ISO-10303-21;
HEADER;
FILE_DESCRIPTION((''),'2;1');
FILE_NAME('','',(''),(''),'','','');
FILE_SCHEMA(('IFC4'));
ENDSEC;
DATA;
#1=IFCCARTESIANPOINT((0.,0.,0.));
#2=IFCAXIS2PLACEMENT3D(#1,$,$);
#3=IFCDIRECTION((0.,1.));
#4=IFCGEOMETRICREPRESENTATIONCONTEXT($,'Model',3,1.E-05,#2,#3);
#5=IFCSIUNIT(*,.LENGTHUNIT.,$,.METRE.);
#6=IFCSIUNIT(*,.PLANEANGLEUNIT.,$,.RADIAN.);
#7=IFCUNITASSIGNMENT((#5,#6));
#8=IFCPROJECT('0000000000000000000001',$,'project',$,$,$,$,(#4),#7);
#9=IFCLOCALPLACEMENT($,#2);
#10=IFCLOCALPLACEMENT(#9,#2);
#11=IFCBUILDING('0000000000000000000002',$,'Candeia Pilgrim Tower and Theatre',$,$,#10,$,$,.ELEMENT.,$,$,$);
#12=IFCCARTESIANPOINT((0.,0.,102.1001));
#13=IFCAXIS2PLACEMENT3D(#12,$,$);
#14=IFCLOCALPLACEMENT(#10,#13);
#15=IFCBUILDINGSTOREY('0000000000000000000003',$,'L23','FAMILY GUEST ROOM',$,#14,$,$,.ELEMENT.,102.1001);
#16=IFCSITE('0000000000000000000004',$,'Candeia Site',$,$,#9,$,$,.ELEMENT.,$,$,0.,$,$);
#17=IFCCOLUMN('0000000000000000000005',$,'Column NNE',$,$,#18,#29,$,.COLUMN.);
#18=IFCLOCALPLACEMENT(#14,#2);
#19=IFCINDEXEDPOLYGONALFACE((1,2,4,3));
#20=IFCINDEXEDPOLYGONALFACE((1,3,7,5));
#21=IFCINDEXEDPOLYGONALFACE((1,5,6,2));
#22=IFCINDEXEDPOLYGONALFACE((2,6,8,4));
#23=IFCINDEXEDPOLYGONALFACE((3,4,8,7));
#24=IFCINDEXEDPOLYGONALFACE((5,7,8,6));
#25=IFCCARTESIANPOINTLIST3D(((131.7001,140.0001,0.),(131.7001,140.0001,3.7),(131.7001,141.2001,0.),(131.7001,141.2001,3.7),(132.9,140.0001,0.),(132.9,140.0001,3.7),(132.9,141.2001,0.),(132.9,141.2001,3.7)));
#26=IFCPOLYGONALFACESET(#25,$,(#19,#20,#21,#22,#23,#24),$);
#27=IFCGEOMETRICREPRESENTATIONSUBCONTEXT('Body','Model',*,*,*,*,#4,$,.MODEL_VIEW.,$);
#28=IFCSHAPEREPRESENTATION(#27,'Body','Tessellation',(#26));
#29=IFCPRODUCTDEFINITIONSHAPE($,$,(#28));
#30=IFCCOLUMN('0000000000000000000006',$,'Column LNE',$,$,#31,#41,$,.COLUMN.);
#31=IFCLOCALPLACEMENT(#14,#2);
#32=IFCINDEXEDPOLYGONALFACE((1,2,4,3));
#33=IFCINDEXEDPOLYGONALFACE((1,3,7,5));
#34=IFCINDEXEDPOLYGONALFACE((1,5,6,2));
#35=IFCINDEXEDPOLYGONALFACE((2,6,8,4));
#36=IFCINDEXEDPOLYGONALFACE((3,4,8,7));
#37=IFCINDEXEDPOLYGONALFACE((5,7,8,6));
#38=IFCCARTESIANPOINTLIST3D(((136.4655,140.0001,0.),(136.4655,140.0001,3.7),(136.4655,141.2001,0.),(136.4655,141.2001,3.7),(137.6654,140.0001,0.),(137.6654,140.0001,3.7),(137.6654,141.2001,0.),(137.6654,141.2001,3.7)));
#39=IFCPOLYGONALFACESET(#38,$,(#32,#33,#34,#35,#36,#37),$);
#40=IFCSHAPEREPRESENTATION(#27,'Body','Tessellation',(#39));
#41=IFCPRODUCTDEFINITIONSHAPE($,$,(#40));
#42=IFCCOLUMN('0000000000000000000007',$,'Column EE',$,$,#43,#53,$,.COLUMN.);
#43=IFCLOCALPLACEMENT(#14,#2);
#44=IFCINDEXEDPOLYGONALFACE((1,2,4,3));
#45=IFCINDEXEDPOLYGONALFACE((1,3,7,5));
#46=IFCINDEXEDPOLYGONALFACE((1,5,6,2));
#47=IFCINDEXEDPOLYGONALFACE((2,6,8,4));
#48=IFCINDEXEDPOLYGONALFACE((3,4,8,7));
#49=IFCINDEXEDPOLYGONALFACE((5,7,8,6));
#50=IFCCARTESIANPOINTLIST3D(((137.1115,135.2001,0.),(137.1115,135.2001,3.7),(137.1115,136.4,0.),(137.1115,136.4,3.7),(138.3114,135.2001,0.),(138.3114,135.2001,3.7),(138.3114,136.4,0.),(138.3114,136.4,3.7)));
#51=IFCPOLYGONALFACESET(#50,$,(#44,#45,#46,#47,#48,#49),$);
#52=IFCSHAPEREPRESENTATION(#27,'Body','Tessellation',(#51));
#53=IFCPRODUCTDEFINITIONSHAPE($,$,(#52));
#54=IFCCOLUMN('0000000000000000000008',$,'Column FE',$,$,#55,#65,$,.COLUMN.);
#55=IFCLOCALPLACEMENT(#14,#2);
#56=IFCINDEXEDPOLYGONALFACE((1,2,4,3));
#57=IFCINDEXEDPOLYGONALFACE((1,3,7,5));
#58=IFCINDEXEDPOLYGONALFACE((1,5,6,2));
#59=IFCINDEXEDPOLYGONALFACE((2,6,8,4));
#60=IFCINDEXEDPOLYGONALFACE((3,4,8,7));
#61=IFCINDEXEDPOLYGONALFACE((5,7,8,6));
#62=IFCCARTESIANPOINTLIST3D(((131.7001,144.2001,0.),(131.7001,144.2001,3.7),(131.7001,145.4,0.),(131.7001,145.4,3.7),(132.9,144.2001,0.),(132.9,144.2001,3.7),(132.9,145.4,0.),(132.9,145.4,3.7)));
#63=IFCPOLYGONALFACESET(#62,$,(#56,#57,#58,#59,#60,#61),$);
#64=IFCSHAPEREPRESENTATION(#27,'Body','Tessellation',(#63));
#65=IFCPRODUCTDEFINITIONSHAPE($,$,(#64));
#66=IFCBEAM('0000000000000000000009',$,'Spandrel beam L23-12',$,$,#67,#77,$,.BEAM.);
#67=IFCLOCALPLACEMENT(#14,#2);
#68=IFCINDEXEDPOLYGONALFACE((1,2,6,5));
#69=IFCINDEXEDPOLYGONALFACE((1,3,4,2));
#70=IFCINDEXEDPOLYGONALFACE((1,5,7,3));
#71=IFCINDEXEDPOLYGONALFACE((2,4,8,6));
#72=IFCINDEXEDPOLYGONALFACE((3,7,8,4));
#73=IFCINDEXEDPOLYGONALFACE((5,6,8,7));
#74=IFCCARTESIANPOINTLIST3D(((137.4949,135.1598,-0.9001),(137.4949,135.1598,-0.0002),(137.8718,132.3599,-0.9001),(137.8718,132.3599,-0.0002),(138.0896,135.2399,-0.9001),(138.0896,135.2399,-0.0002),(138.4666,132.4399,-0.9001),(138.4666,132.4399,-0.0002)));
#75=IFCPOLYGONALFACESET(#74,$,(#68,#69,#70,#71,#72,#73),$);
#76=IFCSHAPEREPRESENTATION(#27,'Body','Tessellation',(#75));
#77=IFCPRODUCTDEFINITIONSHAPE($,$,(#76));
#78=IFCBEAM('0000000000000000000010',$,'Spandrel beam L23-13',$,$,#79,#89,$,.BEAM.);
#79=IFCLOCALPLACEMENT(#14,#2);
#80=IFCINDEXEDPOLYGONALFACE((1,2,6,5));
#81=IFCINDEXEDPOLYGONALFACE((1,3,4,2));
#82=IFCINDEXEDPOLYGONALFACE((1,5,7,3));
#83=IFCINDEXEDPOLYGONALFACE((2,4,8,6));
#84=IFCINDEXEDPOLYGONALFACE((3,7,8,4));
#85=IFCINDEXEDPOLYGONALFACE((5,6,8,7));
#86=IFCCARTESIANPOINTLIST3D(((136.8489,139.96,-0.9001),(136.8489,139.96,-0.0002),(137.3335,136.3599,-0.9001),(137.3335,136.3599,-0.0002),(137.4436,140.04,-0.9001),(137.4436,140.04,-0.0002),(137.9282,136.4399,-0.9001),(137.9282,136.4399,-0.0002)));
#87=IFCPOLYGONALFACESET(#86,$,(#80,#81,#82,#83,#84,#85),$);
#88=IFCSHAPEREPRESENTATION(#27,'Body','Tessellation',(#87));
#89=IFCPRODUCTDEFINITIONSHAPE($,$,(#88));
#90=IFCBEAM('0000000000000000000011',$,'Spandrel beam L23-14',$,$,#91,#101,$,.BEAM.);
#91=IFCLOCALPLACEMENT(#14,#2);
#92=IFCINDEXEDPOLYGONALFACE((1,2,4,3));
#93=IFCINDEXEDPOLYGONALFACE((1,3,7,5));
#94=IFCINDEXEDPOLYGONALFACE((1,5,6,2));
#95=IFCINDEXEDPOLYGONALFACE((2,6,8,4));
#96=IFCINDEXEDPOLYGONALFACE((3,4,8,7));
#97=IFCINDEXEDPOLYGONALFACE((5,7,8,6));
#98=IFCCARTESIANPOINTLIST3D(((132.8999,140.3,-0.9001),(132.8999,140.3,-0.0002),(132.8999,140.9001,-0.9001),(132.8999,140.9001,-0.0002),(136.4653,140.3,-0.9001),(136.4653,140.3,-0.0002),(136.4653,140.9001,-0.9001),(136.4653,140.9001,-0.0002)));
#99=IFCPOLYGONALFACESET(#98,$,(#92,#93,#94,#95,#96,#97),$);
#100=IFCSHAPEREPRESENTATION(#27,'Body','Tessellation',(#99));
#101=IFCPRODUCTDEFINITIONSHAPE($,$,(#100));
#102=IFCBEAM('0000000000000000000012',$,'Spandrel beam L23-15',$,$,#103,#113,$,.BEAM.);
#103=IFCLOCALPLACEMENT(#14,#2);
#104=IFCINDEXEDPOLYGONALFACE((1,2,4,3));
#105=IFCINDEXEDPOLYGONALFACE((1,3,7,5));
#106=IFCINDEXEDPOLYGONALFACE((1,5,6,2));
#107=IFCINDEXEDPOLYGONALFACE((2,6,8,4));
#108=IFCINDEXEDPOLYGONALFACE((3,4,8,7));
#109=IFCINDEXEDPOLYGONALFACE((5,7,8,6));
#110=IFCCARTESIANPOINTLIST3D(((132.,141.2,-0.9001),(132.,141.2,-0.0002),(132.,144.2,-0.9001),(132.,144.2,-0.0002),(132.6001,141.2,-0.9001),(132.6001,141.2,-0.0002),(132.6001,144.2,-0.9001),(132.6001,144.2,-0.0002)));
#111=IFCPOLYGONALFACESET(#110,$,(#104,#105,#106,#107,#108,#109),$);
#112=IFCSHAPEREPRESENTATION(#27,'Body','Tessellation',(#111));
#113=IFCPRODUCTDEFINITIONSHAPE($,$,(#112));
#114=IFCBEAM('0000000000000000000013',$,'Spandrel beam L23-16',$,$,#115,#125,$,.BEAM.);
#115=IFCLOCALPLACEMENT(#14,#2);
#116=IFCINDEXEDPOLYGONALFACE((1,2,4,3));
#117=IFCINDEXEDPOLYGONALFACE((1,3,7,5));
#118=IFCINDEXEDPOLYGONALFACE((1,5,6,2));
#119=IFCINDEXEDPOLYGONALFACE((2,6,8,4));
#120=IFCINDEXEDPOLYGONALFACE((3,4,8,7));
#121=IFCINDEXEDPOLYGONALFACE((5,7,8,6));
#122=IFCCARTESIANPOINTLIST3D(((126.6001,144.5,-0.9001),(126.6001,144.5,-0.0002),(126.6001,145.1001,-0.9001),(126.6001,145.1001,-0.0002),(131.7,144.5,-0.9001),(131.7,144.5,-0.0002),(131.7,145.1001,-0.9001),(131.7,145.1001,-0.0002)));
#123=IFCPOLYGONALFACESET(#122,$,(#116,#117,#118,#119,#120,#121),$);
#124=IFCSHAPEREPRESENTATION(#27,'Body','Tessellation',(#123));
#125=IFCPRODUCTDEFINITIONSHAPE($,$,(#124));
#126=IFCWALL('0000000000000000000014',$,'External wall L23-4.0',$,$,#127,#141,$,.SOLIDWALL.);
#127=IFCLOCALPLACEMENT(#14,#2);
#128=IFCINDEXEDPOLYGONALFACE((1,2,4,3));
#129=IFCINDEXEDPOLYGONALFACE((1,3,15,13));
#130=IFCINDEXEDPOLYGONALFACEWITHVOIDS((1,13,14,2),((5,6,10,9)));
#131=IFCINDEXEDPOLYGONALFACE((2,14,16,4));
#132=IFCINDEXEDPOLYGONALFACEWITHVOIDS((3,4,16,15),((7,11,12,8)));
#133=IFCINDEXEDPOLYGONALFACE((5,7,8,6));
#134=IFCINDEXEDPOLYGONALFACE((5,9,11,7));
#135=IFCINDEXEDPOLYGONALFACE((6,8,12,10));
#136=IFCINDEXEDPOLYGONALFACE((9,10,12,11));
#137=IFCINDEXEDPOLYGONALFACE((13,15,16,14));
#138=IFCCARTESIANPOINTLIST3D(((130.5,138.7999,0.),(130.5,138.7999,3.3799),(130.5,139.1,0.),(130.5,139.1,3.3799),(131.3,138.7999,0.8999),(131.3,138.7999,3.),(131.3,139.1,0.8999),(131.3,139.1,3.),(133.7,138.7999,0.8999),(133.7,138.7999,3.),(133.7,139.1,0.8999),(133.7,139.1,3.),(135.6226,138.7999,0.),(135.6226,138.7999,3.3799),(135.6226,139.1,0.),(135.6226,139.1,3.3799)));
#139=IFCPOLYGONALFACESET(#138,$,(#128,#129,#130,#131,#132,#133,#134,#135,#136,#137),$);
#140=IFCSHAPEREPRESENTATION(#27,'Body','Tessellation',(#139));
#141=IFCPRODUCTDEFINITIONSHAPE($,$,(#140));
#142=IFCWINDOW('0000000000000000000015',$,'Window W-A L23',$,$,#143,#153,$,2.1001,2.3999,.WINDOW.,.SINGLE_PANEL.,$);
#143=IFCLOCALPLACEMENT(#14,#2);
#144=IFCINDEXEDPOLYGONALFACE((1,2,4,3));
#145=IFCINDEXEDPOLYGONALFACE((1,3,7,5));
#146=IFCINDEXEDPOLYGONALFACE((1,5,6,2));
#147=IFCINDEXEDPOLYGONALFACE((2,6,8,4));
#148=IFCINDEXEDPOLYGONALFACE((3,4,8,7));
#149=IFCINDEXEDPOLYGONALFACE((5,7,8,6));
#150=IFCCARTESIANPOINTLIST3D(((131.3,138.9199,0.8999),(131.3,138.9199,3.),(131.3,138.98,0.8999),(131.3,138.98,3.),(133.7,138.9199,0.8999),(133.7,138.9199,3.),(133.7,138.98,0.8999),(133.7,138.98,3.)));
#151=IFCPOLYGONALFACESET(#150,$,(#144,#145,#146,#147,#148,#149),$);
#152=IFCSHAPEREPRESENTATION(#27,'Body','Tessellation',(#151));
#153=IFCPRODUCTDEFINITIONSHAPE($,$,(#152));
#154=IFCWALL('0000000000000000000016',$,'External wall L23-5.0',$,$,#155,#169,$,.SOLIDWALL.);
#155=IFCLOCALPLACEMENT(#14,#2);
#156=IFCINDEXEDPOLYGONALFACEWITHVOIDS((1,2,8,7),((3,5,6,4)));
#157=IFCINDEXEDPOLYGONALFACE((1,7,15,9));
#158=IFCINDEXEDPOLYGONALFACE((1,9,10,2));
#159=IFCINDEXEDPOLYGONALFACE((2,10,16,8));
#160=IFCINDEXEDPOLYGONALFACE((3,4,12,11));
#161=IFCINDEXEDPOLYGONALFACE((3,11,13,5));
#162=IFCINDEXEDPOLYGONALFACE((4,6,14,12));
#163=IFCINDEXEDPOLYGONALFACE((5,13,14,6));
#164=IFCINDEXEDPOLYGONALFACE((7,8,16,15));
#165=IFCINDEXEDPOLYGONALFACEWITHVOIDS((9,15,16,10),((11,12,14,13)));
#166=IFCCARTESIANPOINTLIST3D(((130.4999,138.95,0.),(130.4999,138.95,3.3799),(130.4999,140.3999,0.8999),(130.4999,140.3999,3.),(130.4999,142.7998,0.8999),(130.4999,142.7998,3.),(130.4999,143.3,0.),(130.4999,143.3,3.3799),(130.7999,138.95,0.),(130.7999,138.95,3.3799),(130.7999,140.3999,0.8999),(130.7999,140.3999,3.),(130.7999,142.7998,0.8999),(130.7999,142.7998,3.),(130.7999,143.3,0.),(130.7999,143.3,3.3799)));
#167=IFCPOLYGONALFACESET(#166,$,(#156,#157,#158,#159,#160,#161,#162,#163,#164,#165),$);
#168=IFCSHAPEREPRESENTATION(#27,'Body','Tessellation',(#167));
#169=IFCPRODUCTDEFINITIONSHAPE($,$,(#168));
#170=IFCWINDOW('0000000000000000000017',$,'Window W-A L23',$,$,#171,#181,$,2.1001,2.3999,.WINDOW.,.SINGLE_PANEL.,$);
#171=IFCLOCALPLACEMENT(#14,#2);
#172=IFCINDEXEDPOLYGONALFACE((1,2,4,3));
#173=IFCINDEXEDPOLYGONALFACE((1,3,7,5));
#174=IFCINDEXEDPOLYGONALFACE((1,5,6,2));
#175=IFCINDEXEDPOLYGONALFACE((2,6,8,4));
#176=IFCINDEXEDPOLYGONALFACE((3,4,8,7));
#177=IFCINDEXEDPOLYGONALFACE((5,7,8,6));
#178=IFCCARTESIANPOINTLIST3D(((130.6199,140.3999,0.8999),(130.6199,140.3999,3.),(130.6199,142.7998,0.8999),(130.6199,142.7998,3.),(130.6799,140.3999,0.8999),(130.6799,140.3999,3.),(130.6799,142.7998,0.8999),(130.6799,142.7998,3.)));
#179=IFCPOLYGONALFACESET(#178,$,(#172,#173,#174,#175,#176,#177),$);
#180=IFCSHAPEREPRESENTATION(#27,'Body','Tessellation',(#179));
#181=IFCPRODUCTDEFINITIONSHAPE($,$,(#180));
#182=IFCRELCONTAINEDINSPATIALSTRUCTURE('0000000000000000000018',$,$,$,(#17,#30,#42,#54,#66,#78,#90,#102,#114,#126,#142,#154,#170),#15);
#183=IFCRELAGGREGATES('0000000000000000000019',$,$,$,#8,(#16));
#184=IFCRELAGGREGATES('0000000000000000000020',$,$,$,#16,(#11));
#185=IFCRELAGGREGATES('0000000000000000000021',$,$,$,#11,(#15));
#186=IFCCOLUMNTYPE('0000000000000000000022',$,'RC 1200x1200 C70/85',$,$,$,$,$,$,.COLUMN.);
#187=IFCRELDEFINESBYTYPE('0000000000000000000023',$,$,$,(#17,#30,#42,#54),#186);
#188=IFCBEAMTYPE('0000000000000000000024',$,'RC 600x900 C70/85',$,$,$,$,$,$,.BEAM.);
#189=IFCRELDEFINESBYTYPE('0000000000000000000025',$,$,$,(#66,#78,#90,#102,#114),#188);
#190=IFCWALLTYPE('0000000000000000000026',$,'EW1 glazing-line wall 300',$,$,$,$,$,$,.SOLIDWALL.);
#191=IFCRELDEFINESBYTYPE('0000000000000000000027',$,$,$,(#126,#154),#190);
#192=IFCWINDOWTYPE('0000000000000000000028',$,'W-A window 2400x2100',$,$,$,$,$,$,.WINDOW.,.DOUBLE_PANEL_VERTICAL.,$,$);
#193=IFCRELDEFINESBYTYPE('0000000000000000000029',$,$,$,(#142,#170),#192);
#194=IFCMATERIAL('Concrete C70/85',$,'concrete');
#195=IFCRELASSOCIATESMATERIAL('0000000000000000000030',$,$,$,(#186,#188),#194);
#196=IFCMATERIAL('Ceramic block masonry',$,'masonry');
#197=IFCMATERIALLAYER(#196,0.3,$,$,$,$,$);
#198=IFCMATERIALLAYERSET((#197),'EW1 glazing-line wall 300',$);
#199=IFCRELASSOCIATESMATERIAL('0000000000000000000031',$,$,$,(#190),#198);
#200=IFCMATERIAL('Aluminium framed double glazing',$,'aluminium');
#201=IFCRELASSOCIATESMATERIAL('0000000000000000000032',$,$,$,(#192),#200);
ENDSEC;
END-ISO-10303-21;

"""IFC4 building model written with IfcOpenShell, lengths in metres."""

from ifc_helpers import new_model, si_unit, direction, frame, frame_2d, origin, origin_2d, place, context, subcontext, project, spatial, rectangle, extrude, material, layer, layer_set, material_profile, profile_set, type_object, element, fill, save


model = new_model("IFC4")

# Units and contexts
model_context = context("Model", 3, precision=1e-05, world=origin(), true_north=direction((0.0, 1.0)))
body_context = subcontext(model_context, "Body", "Model", "MODEL_VIEW")
ifc_project = project(units=[si_unit("LENGTHUNIT", "METRE"), si_unit("PLANEANGLEUNIT", "RADIAN")], contexts=[model_context])

# Site, building, storey
site_placement = place(None, origin())
site = spatial("IfcSite", under=ifc_project, at=site_placement, Name="Candeia Site", CompositionType="ELEMENT", RefElevation=0.0)
building_placement = place(site_placement, origin())
building = spatial("IfcBuilding", under=site, at=building_placement, Name="Candeia Pilgrim Tower and Theatre", CompositionType="ELEMENT")
storey_placement = place(building_placement, frame((0.0, 0.0, 102.1001)))
storey = spatial("IfcBuildingStorey", under=building, at=storey_placement, Name="L23", Description="FAMILY GUEST ROOM", CompositionType="ELEMENT", Elevation=102.1001)

# Columns
ifc_material_1 = material(Name="Concrete C70/85", Category="concrete")
ifc_material_profile_1 = material_profile(ifc_material_1, rectangle(XDim=1.2, YDim=1.2, at=origin_2d()))
ifc_profile_set_1 = profile_set([ifc_material_profile_1], Name="Concrete C70/85")
column_type = type_object("IfcColumnType", Name="RC 1200x1200 C70/85", PredefinedType="COLUMN", material=ifc_profile_set_1)
for number, where, z_axis, x_axis, name in (
    (1, (132.3, 140.6001, 0.0), (0.0, 0.0, 1.0), (1.0, 0.0, 0.0), "Column NNE"),
    (2, (137.0654, 140.6001, 0.0), (0.0, 0.0, 1.0), (1.0, 0.0, 0.0), "Column LNE"),
    (3, (137.7114, 135.8, 0.0), (0.0, 0.0, 1.0), (1.0, 0.0, 0.0), "Column EE"),
    (4, (132.3, 144.8, 0.0), (0.0, 0.0, 1.0), (1.0, 0.0, 0.0), "Column FE"),
):
    element("IfcColumn", number, at=place(storey_placement, frame(where, z_axis=z_axis, x_axis=x_axis)), inside=storey, type_object=column_type, Name=name, PredefinedType="COLUMN", context=body_context, shape_type="SweptSolid", body=[
        extrude(rectangle(XDim=1.2, YDim=1.2, at=origin_2d()), origin(), (0.0, 0.0, 1.0), 3.7),
    ])

# Beams
ifc_material_profile_2 = material_profile(ifc_material_1, rectangle(XDim=0.6001, YDim=0.8999, at=origin_2d()))
ifc_profile_set_2 = profile_set([ifc_material_profile_2], Name="Concrete C70/85")
beam_type = type_object("IfcBeamType", Name="RC 600x900 C70/85", PredefinedType="BEAM", material=ifc_profile_set_2)
beam_1_placement = place(storey_placement, frame((138.1692, 132.3999, -0.4502), z_axis=(-0.13342, 0.99106, 0.0), x_axis=(-0.99106, -0.13342, 0.0)))
element("IfcBeam", 5, at=beam_1_placement, inside=storey, type_object=beam_type, Name="Spandrel beam L23-12", PredefinedType="BEAM", context=body_context, shape_type="SweptSolid", body=[
    extrude(rectangle(XDim=0.6001, YDim=0.8999, at=origin_2d()), origin(), (0.0, 0.0, 1.0), 2.8252),
])
beam_2_placement = place(storey_placement, frame((137.6309, 136.3999, -0.4502), z_axis=(-0.133409, 0.991061, 0.0), x_axis=(-0.991061, -0.133409, 0.0)))
element("IfcBeam", 6, at=beam_2_placement, inside=storey, type_object=beam_type, Name="Spandrel beam L23-13", PredefinedType="BEAM", context=body_context, shape_type="SweptSolid", body=[
    extrude(rectangle(XDim=0.6001, YDim=0.8999, at=origin_2d()), origin(), (0.0, 0.0, 1.0), 3.6326),
])
beam_3_placement = place(storey_placement, frame((136.4653, 140.6001, -0.4502), z_axis=(-1.0, 0.0, 0.0), x_axis=(0.0, -1.0, 0.0)))
element("IfcBeam", 7, at=beam_3_placement, inside=storey, type_object=beam_type, Name="Spandrel beam L23-14", PredefinedType="BEAM", context=body_context, shape_type="SweptSolid", body=[
    extrude(rectangle(XDim=0.6001, YDim=0.8999, at=origin_2d()), origin(), (0.0, 0.0, 1.0), 3.5654),
])
beam_4_placement = place(storey_placement, frame((132.3, 141.2, -0.4502), z_axis=(0.0, 1.0, 0.0), x_axis=(-1.0, 0.0, 0.0)))
element("IfcBeam", 8, at=beam_4_placement, inside=storey, type_object=beam_type, Name="Spandrel beam L23-15", PredefinedType="BEAM", context=body_context, shape_type="SweptSolid", body=[
    extrude(rectangle(XDim=0.6001, YDim=0.8999, at=origin_2d()), origin(), (0.0, 0.0, 1.0), 3.0),
])
beam_5_placement = place(storey_placement, frame((131.7, 144.8, -0.4502), z_axis=(-1.0, 0.0, 0.0), x_axis=(0.0, -1.0, 0.0)))
element("IfcBeam", 9, at=beam_5_placement, inside=storey, type_object=beam_type, Name="Spandrel beam L23-16", PredefinedType="BEAM", context=body_context, shape_type="SweptSolid", body=[
    extrude(rectangle(XDim=0.6001, YDim=0.8999, at=origin_2d()), origin(), (0.0, 0.0, 1.0), 5.0999),
])

# Shared definitions
ifc_material_2 = material(Name="Ceramic block masonry", Category="masonry")
ifc_layer_1 = layer(ifc_material_2, 0.3)
ifc_layer_set_1 = layer_set([ifc_layer_1], Name="EW1 glazing-line wall 300")
wall_type_1 = type_object("IfcWallType", Name="EW1 glazing-line wall 300", PredefinedType="SOLIDWALL", material=ifc_layer_set_1)
ifc_material_3 = material(Name="Aluminium framed double glazing", Category="aluminium")
window_type = type_object("IfcWindowType", Name="W-A window 2400x2100", PartitioningType="DOUBLE_PANEL_VERTICAL", PredefinedType="WINDOW", material=ifc_material_3)

# Walls, openings, windows
wall_1_placement = place(storey_placement, frame((135.6226, 138.95, 0.0), z_axis=(0.0, 0.0, 1.0), x_axis=(-1.0, 0.0, 0.0)))
wall_1 = element("IfcWall", 10, at=wall_1_placement, inside=storey, type_object=wall_type_1, Name="External wall L23-4.0", PredefinedType="SOLIDWALL", context=body_context, shape_type="SweptSolid", body=[
    extrude(rectangle(XDim=5.1226, YDim=0.3, at=frame_2d((2.5613, 0.0))), origin(), (0.0, 0.0, 1.0), 3.3799),
])
opening_1_placement = place(wall_1_placement, frame((1.9226, 0.0, 0.8999)))
opening_1 = element("IfcOpeningElement", 11, at=opening_1_placement, cuts=wall_1, PredefinedType="OPENING", context=body_context, shape_type="SweptSolid", body=[
    extrude(rectangle(XDim=2.3999, YDim=2.1001, at=frame_2d((1.2, 1.05))), frame((0.0, 0.1602, 0.0), z_axis=(0.0, -1.0, 0.0), x_axis=(1.0, 0.0, 0.0)), (0.0, 0.0, 1.0), 0.3201),
])
window_1_placement = place(opening_1_placement, origin())
window_1 = element("IfcWindow", 12, at=window_1_placement, inside=storey, type_object=window_type, Name="Window W-A L23", OverallHeight=2.1001, OverallWidth=2.3999, PartitioningType="SINGLE_PANEL", PredefinedType="WINDOW", context=body_context, shape_type="SweptSolid", body=[
    extrude(rectangle(XDim=2.3999, YDim=2.1001, at=frame_2d((1.2, 1.05))), frame((0.0, 0.03, 0.0), z_axis=(0.0, -1.0, 0.0), x_axis=(1.0, 0.0, 0.0)), (0.0, 0.0, 1.0), 0.0601),
])
fill(opening_1, window_1)
wall_2_placement = place(storey_placement, frame((130.6499, 138.95, 0.0), z_axis=(0.0, 0.0, 1.0), x_axis=(0.0, 1.0, 0.0)))
wall_2 = element("IfcWall", 13, at=wall_2_placement, inside=storey, type_object=wall_type_1, Name="External wall L23-5.0", PredefinedType="SOLIDWALL", context=body_context, shape_type="SweptSolid", body=[
    extrude(rectangle(XDim=4.3501, YDim=0.3, at=frame_2d((2.175, 0.0))), origin(), (0.0, 0.0, 1.0), 3.3799),
])
opening_2_placement = place(wall_2_placement, frame((1.45, 0.0, 0.8999)))
opening_2 = element("IfcOpeningElement", 14, at=opening_2_placement, cuts=wall_2, PredefinedType="OPENING", context=body_context, shape_type="SweptSolid", body=[
    extrude(rectangle(XDim=2.3999, YDim=2.1001, at=frame_2d((1.2, 1.05))), frame((0.0, 0.1602, 0.0), z_axis=(0.0, -1.0, 0.0), x_axis=(1.0, 0.0, 0.0)), (0.0, 0.0, 1.0), 0.3201),
])
window_2_placement = place(opening_2_placement, origin())
window_2 = element("IfcWindow", 15, at=window_2_placement, inside=storey, type_object=window_type, Name="Window W-A L23", OverallHeight=2.1001, OverallWidth=2.3999, PartitioningType="SINGLE_PANEL", PredefinedType="WINDOW", context=body_context, shape_type="SweptSolid", body=[
    extrude(rectangle(XDim=2.3999, YDim=2.1001, at=frame_2d((1.2, 1.05))), frame((0.0, 0.03, 0.0), z_axis=(0.0, -1.0, 0.0), x_axis=(1.0, 0.0, 0.0)), (0.0, 0.0, 1.0), 0.0601),
])
fill(opening_2, window_2)

save(model, "model.ifc")
